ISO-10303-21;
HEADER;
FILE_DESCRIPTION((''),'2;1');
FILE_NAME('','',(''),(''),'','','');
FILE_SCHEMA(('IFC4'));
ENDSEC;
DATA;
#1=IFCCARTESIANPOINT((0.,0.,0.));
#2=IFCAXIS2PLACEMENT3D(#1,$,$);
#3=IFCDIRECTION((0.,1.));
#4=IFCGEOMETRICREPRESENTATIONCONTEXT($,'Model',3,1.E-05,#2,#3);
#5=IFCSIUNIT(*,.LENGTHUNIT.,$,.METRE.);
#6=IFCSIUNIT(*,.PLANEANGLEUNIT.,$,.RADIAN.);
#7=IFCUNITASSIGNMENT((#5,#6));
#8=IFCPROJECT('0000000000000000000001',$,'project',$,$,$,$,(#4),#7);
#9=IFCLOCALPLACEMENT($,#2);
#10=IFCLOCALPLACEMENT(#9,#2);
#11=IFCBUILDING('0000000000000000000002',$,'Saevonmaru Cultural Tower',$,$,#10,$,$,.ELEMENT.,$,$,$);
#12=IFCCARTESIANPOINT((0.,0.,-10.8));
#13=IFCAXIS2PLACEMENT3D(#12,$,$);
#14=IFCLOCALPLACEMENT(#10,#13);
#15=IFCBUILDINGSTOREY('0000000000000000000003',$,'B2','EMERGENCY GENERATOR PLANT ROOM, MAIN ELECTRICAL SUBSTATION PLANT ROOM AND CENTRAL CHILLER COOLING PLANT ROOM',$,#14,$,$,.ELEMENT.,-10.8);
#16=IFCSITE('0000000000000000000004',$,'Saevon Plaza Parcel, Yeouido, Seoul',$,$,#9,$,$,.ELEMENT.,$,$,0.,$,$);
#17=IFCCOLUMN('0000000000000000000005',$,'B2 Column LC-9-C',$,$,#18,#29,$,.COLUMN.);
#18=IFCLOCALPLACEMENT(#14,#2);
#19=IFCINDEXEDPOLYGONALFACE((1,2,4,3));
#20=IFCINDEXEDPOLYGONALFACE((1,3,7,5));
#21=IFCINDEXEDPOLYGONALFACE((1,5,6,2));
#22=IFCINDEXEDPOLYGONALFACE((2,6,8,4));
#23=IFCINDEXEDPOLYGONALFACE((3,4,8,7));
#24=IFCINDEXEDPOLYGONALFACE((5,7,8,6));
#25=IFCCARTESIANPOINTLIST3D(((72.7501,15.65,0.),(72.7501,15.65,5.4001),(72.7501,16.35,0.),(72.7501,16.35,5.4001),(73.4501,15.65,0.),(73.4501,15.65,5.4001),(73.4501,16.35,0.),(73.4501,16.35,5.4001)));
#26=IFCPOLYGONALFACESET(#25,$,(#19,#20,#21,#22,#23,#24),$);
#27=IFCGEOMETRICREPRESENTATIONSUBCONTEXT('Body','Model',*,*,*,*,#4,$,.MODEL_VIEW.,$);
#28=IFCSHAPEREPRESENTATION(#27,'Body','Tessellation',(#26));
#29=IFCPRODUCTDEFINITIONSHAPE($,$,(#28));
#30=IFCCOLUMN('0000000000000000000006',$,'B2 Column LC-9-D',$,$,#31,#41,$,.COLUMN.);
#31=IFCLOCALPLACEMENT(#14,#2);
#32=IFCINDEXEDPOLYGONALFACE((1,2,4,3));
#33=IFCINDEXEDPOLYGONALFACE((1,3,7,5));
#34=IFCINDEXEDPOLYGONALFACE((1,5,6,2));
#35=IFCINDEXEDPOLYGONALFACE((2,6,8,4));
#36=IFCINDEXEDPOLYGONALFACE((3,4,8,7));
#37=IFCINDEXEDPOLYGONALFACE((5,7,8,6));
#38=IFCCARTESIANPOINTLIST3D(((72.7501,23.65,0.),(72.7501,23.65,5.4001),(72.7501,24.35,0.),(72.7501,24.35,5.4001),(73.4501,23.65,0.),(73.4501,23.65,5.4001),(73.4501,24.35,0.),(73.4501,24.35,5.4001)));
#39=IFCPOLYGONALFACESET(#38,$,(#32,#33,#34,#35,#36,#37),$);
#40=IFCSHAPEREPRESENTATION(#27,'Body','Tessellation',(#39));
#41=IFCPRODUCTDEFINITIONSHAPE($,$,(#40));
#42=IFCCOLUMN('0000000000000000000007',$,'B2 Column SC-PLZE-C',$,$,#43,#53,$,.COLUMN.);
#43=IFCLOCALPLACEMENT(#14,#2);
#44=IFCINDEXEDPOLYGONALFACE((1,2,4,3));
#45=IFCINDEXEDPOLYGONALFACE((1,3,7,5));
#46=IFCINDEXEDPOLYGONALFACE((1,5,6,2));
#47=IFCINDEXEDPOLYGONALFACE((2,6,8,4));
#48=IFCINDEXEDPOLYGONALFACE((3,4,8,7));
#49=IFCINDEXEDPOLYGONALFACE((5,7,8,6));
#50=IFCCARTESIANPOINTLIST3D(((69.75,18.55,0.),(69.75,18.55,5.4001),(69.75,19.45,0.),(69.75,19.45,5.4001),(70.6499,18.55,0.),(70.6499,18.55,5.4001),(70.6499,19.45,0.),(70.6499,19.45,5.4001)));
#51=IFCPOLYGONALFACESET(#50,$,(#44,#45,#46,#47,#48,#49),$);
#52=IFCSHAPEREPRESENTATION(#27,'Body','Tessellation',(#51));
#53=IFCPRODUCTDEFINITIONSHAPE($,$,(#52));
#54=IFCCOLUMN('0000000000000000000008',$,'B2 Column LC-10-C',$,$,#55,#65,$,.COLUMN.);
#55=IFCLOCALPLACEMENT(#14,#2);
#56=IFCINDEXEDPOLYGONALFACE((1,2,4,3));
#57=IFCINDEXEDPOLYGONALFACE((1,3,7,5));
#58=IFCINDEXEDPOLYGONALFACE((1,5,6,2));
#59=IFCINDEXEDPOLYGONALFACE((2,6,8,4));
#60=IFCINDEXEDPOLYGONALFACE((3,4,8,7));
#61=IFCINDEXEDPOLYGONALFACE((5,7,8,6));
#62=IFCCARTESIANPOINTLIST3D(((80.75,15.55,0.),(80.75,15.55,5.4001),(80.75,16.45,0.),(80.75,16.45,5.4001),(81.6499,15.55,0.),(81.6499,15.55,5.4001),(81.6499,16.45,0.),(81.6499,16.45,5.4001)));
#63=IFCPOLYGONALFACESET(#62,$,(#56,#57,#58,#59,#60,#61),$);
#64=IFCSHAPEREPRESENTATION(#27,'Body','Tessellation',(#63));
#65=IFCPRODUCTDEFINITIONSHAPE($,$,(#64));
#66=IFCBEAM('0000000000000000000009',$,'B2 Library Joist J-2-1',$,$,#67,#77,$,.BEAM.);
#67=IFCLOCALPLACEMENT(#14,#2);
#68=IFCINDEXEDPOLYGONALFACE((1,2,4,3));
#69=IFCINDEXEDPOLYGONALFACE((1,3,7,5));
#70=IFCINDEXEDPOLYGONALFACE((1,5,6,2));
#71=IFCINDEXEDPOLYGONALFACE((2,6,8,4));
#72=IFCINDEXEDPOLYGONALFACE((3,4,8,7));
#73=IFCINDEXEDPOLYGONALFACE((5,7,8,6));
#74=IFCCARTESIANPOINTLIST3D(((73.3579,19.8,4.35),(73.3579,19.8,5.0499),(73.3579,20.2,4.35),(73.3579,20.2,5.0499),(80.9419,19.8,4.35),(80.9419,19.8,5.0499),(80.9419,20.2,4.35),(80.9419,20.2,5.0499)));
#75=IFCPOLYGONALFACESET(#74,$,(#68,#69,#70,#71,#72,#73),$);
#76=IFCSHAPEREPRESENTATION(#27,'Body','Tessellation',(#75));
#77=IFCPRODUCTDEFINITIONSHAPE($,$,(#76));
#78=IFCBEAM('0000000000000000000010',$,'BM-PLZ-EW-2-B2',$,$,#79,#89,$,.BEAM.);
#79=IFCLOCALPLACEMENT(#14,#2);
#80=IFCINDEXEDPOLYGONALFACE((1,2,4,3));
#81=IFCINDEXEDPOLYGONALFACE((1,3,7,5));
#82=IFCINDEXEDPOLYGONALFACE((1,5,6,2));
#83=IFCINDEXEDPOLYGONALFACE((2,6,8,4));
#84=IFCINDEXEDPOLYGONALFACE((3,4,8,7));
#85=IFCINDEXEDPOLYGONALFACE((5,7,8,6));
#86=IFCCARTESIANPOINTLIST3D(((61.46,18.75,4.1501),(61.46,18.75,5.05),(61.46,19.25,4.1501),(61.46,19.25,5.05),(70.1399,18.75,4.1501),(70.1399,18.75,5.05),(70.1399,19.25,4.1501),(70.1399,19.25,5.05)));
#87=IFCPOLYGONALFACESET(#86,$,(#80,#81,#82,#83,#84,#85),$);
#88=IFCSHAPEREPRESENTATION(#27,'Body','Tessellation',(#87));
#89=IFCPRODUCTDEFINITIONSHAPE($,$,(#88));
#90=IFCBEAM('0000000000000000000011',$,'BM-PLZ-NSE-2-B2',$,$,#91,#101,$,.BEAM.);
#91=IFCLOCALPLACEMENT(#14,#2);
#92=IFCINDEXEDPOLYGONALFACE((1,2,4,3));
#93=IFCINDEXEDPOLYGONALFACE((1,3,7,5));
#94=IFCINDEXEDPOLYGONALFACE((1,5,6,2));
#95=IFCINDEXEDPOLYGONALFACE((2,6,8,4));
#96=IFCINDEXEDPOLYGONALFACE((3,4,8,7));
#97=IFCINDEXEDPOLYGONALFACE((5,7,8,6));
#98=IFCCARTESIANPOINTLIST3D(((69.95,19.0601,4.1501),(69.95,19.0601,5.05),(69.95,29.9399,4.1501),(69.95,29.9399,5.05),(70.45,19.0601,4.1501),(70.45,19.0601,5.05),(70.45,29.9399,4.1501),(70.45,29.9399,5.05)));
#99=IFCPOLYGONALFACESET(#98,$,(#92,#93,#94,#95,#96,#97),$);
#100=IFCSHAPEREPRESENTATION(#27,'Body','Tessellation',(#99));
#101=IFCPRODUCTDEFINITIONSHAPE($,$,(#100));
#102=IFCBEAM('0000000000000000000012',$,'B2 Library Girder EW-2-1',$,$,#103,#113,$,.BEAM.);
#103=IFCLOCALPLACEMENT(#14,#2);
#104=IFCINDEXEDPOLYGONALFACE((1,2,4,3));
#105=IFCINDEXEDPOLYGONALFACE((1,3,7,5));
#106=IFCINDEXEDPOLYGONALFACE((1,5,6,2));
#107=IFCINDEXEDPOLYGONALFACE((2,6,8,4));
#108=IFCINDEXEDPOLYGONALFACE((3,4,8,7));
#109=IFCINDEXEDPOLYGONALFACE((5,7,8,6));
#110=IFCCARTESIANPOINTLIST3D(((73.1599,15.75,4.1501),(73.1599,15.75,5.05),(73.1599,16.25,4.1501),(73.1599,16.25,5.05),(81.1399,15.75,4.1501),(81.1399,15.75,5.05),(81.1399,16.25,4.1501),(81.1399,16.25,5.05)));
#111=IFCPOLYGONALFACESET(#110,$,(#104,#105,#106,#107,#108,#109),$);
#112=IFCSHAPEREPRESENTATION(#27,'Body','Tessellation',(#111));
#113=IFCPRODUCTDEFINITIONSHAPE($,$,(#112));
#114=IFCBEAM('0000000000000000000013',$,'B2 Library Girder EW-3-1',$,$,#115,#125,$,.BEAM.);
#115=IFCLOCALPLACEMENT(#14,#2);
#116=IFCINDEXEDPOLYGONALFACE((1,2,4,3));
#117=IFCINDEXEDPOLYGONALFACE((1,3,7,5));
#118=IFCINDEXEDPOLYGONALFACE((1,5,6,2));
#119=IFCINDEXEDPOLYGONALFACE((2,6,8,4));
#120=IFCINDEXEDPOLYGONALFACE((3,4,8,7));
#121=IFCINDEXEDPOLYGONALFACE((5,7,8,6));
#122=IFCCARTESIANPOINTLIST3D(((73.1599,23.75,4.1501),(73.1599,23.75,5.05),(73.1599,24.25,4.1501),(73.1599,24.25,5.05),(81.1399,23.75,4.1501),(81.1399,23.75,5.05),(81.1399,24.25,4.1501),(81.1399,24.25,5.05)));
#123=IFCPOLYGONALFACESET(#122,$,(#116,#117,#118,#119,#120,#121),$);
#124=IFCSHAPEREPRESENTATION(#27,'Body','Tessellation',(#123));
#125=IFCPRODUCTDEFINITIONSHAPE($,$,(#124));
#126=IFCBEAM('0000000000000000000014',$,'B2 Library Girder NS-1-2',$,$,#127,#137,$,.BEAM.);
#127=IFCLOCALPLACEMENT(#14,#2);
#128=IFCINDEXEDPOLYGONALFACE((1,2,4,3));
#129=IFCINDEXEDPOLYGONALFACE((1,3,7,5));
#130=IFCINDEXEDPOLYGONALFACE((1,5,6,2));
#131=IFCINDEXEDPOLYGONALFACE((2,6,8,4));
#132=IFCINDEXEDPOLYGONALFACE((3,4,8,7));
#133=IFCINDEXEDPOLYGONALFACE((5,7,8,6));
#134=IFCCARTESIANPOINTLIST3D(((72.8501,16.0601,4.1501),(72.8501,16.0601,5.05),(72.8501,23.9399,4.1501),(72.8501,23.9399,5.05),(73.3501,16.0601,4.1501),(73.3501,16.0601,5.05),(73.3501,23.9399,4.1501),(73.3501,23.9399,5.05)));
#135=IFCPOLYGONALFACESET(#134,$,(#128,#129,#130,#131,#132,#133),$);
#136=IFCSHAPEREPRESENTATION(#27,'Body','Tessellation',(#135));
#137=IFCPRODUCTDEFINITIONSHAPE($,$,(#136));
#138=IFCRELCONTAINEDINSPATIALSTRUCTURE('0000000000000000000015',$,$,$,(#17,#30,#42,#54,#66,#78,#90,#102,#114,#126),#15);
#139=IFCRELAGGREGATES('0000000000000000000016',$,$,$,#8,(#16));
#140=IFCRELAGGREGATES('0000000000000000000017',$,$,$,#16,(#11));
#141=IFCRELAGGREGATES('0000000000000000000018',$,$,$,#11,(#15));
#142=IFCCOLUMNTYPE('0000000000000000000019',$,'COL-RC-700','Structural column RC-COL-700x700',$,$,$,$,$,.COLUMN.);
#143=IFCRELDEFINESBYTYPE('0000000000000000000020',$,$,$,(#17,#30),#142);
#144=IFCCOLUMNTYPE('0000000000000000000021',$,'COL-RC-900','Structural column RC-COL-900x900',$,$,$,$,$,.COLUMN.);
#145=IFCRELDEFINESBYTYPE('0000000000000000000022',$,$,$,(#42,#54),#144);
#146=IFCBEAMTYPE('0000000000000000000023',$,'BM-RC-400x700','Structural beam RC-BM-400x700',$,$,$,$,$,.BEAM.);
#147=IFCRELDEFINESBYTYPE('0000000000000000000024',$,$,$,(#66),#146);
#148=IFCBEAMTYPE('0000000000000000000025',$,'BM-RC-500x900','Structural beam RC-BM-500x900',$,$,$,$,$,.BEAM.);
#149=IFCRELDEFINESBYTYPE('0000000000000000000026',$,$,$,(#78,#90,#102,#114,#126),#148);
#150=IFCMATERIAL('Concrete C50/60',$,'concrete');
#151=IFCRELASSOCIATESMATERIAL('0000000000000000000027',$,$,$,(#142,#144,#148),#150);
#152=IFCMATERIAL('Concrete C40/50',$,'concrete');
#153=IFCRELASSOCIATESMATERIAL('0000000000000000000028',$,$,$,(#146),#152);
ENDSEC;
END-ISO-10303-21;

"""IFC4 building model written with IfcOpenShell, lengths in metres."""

from ifc_helpers import new_model, si_unit, direction, frame, origin, origin_2d, place, context, subcontext, project, spatial, rectangle, extrude, material, material_profile, profile_set, type_object, element, save


model = new_model("IFC4")

# Units and contexts
model_context = context("Model", 3, precision=1e-05, world=origin(), true_north=direction((0.0, 1.0)))
body_context = subcontext(model_context, "Body", "Model", "MODEL_VIEW")
ifc_project = project(units=[si_unit("LENGTHUNIT", "METRE"), si_unit("PLANEANGLEUNIT", "RADIAN")], contexts=[model_context])

# Site, building, storey
site_placement = place(None, origin())
site = spatial("IfcSite", under=ifc_project, at=site_placement, Name="Saevon Plaza Parcel, Yeouido, Seoul", CompositionType="ELEMENT", RefElevation=0.0)
building_placement = place(site_placement, origin())
building = spatial("IfcBuilding", under=site, at=building_placement, Name="Saevonmaru Cultural Tower", CompositionType="ELEMENT")
storey_placement = place(building_placement, frame((0.0, 0.0, -10.8)))
storey = spatial("IfcBuildingStorey", under=building, at=storey_placement, Name="B2", Description="EMERGENCY GENERATOR PLANT ROOM, MAIN ELECTRICAL SUBSTATION PLANT ROOM AND CENTRAL CHILLER COOLING PLANT ROOM", CompositionType="ELEMENT", Elevation=-10.8)

# Shared definitions
ifc_material_1 = material(Name="Concrete C50/60", Category="concrete")

# Shared definitions
ifc_material_2 = material(Name="Concrete C40/50", Category="concrete")

# Columns
ifc_material_profile_1 = material_profile(ifc_material_1, rectangle(XDim=0.7, YDim=0.7, at=origin_2d()), Name="RC-COL-700x700")
ifc_profile_set_1 = profile_set([ifc_material_profile_1], Name="Concrete C50/60")
column_type_1 = type_object("IfcColumnType", Name="COL-RC-700", Description="Structural column RC-COL-700x700", PredefinedType="COLUMN", material=ifc_profile_set_1)
for number, where, z_axis, x_axis, name in (
    (1, (73.1001, 16.0, 0.0), (0.0, 0.0, 1.0), (1.0, 0.0, 0.0), "B2 Column LC-9-C"),
    (2, (73.1001, 24.0, 0.0), (0.0, 0.0, 1.0), (1.0, 0.0, 0.0), "B2 Column LC-9-D"),
):
    element("IfcColumn", number, at=place(storey_placement, frame(where, z_axis=z_axis, x_axis=x_axis)), inside=storey, type_object=column_type_1, Name=name, PredefinedType="COLUMN", context=body_context, shape_type="SweptSolid", body=[
        extrude(rectangle(XDim=0.7, YDim=0.7, at=origin_2d()), origin(), (0.0, 0.0, 1.0), 5.4001),
    ])
ifc_material_profile_2 = material_profile(ifc_material_1, rectangle(XDim=0.8999, YDim=0.8999, at=origin_2d()), Name="RC-COL-900x900")
ifc_profile_set_2 = profile_set([ifc_material_profile_2], Name="Concrete C50/60")
column_type_2 = type_object("IfcColumnType", Name="COL-RC-900", Description="Structural column RC-COL-900x900", PredefinedType="COLUMN", material=ifc_profile_set_2)
for number, where, z_axis, x_axis, name in (
    (3, (70.2, 19.0, 0.0), (0.0, 0.0, 1.0), (1.0, 0.0, 0.0), "B2 Column SC-PLZE-C"),
    (4, (81.2, 16.0, 0.0), (0.0, 0.0, 1.0), (1.0, 0.0, 0.0), "B2 Column LC-10-C"),
):
    element("IfcColumn", number, at=place(storey_placement, frame(where, z_axis=z_axis, x_axis=x_axis)), inside=storey, type_object=column_type_2, Name=name, PredefinedType="COLUMN", context=body_context, shape_type="SweptSolid", body=[
        extrude(rectangle(XDim=0.8999, YDim=0.8999, at=origin_2d()), origin(), (0.0, 0.0, 1.0), 5.4001),
    ])

# Beams
ifc_material_profile_3 = material_profile(ifc_material_2, rectangle(XDim=0.3999, YDim=0.7, at=origin_2d()), Name="RC-BM-400x700")
ifc_profile_set_3 = profile_set([ifc_material_profile_3], Name="Concrete C40/50")
beam_type_1 = type_object("IfcBeamType", Name="BM-RC-400x700", Description="Structural beam RC-BM-400x700", PredefinedType="BEAM", material=ifc_profile_set_3)
beam_1_placement = place(storey_placement, frame((73.3579, 20.0, 4.7), z_axis=(1.0, 0.0, 0.0), x_axis=(0.0, 1.0, 0.0)))
element("IfcBeam", 5, at=beam_1_placement, inside=storey, type_object=beam_type_1, Name="B2 Library Joist J-2-1", PredefinedType="BEAM", context=body_context, shape_type="SweptSolid", body=[
    extrude(rectangle(XDim=0.3999, YDim=0.7, at=origin_2d()), origin(), (0.0, 0.0, 1.0), 7.584),
])
ifc_material_profile_4 = material_profile(ifc_material_1, rectangle(XDim=0.5, YDim=0.8999, at=origin_2d()), Name="RC-BM-500x900")
ifc_profile_set_4 = profile_set([ifc_material_profile_4], Name="Concrete C50/60")
beam_type_2 = type_object("IfcBeamType", Name="BM-RC-500x900", Description="Structural beam RC-BM-500x900", PredefinedType="BEAM", material=ifc_profile_set_4)
beam_2_placement = place(storey_placement, frame((61.46, 19.0, 4.6001), z_axis=(1.0, 0.0, 0.0), x_axis=(0.0, 1.0, 0.0)))
element("IfcBeam", 6, at=beam_2_placement, inside=storey, type_object=beam_type_2, Name="BM-PLZ-EW-2-B2", PredefinedType="BEAM", context=body_context, shape_type="SweptSolid", body=[
    extrude(rectangle(XDim=0.5, YDim=0.8999, at=origin_2d()), origin(), (0.0, 0.0, 1.0), 8.6799),
])
beam_3_placement = place(storey_placement, frame((70.2, 19.0601, 4.6001), z_axis=(0.0, 1.0, 0.0), x_axis=(-1.0, 0.0, 0.0)))
element("IfcBeam", 7, at=beam_3_placement, inside=storey, type_object=beam_type_2, Name="BM-PLZ-NSE-2-B2", PredefinedType="BEAM", context=body_context, shape_type="SweptSolid", body=[
    extrude(rectangle(XDim=0.5, YDim=0.8999, at=origin_2d()), origin(), (0.0, 0.0, 1.0), 10.8799),
])
for number, where, z_axis, x_axis, name in (
    (8, (73.1599, 16.0, 4.6001), (1.0, 0.0, 0.0), (0.0, 1.0, 0.0), "B2 Library Girder EW-2-1"),
    (9, (73.1599, 24.0, 4.6001), (1.0, 0.0, 0.0), (0.0, 1.0, 0.0), "B2 Library Girder EW-3-1"),
):
    element("IfcBeam", number, at=place(storey_placement, frame(where, z_axis=z_axis, x_axis=x_axis)), inside=storey, type_object=beam_type_2, Name=name, PredefinedType="BEAM", context=body_context, shape_type="SweptSolid", body=[
        extrude(rectangle(XDim=0.5, YDim=0.8999, at=origin_2d()), origin(), (0.0, 0.0, 1.0), 7.98),
    ])
beam_4_placement = place(storey_placement, frame((73.1001, 16.0601, 4.6001), z_axis=(0.0, 1.0, 0.0), x_axis=(-1.0, 0.0, 0.0)))
element("IfcBeam", 10, at=beam_4_placement, inside=storey, type_object=beam_type_2, Name="B2 Library Girder NS-1-2", PredefinedType="BEAM", context=body_context, shape_type="SweptSolid", body=[
    extrude(rectangle(XDim=0.5, YDim=0.8999, at=origin_2d()), origin(), (0.0, 0.0, 1.0), 7.8799),
])

save(model, "model.ifc")
